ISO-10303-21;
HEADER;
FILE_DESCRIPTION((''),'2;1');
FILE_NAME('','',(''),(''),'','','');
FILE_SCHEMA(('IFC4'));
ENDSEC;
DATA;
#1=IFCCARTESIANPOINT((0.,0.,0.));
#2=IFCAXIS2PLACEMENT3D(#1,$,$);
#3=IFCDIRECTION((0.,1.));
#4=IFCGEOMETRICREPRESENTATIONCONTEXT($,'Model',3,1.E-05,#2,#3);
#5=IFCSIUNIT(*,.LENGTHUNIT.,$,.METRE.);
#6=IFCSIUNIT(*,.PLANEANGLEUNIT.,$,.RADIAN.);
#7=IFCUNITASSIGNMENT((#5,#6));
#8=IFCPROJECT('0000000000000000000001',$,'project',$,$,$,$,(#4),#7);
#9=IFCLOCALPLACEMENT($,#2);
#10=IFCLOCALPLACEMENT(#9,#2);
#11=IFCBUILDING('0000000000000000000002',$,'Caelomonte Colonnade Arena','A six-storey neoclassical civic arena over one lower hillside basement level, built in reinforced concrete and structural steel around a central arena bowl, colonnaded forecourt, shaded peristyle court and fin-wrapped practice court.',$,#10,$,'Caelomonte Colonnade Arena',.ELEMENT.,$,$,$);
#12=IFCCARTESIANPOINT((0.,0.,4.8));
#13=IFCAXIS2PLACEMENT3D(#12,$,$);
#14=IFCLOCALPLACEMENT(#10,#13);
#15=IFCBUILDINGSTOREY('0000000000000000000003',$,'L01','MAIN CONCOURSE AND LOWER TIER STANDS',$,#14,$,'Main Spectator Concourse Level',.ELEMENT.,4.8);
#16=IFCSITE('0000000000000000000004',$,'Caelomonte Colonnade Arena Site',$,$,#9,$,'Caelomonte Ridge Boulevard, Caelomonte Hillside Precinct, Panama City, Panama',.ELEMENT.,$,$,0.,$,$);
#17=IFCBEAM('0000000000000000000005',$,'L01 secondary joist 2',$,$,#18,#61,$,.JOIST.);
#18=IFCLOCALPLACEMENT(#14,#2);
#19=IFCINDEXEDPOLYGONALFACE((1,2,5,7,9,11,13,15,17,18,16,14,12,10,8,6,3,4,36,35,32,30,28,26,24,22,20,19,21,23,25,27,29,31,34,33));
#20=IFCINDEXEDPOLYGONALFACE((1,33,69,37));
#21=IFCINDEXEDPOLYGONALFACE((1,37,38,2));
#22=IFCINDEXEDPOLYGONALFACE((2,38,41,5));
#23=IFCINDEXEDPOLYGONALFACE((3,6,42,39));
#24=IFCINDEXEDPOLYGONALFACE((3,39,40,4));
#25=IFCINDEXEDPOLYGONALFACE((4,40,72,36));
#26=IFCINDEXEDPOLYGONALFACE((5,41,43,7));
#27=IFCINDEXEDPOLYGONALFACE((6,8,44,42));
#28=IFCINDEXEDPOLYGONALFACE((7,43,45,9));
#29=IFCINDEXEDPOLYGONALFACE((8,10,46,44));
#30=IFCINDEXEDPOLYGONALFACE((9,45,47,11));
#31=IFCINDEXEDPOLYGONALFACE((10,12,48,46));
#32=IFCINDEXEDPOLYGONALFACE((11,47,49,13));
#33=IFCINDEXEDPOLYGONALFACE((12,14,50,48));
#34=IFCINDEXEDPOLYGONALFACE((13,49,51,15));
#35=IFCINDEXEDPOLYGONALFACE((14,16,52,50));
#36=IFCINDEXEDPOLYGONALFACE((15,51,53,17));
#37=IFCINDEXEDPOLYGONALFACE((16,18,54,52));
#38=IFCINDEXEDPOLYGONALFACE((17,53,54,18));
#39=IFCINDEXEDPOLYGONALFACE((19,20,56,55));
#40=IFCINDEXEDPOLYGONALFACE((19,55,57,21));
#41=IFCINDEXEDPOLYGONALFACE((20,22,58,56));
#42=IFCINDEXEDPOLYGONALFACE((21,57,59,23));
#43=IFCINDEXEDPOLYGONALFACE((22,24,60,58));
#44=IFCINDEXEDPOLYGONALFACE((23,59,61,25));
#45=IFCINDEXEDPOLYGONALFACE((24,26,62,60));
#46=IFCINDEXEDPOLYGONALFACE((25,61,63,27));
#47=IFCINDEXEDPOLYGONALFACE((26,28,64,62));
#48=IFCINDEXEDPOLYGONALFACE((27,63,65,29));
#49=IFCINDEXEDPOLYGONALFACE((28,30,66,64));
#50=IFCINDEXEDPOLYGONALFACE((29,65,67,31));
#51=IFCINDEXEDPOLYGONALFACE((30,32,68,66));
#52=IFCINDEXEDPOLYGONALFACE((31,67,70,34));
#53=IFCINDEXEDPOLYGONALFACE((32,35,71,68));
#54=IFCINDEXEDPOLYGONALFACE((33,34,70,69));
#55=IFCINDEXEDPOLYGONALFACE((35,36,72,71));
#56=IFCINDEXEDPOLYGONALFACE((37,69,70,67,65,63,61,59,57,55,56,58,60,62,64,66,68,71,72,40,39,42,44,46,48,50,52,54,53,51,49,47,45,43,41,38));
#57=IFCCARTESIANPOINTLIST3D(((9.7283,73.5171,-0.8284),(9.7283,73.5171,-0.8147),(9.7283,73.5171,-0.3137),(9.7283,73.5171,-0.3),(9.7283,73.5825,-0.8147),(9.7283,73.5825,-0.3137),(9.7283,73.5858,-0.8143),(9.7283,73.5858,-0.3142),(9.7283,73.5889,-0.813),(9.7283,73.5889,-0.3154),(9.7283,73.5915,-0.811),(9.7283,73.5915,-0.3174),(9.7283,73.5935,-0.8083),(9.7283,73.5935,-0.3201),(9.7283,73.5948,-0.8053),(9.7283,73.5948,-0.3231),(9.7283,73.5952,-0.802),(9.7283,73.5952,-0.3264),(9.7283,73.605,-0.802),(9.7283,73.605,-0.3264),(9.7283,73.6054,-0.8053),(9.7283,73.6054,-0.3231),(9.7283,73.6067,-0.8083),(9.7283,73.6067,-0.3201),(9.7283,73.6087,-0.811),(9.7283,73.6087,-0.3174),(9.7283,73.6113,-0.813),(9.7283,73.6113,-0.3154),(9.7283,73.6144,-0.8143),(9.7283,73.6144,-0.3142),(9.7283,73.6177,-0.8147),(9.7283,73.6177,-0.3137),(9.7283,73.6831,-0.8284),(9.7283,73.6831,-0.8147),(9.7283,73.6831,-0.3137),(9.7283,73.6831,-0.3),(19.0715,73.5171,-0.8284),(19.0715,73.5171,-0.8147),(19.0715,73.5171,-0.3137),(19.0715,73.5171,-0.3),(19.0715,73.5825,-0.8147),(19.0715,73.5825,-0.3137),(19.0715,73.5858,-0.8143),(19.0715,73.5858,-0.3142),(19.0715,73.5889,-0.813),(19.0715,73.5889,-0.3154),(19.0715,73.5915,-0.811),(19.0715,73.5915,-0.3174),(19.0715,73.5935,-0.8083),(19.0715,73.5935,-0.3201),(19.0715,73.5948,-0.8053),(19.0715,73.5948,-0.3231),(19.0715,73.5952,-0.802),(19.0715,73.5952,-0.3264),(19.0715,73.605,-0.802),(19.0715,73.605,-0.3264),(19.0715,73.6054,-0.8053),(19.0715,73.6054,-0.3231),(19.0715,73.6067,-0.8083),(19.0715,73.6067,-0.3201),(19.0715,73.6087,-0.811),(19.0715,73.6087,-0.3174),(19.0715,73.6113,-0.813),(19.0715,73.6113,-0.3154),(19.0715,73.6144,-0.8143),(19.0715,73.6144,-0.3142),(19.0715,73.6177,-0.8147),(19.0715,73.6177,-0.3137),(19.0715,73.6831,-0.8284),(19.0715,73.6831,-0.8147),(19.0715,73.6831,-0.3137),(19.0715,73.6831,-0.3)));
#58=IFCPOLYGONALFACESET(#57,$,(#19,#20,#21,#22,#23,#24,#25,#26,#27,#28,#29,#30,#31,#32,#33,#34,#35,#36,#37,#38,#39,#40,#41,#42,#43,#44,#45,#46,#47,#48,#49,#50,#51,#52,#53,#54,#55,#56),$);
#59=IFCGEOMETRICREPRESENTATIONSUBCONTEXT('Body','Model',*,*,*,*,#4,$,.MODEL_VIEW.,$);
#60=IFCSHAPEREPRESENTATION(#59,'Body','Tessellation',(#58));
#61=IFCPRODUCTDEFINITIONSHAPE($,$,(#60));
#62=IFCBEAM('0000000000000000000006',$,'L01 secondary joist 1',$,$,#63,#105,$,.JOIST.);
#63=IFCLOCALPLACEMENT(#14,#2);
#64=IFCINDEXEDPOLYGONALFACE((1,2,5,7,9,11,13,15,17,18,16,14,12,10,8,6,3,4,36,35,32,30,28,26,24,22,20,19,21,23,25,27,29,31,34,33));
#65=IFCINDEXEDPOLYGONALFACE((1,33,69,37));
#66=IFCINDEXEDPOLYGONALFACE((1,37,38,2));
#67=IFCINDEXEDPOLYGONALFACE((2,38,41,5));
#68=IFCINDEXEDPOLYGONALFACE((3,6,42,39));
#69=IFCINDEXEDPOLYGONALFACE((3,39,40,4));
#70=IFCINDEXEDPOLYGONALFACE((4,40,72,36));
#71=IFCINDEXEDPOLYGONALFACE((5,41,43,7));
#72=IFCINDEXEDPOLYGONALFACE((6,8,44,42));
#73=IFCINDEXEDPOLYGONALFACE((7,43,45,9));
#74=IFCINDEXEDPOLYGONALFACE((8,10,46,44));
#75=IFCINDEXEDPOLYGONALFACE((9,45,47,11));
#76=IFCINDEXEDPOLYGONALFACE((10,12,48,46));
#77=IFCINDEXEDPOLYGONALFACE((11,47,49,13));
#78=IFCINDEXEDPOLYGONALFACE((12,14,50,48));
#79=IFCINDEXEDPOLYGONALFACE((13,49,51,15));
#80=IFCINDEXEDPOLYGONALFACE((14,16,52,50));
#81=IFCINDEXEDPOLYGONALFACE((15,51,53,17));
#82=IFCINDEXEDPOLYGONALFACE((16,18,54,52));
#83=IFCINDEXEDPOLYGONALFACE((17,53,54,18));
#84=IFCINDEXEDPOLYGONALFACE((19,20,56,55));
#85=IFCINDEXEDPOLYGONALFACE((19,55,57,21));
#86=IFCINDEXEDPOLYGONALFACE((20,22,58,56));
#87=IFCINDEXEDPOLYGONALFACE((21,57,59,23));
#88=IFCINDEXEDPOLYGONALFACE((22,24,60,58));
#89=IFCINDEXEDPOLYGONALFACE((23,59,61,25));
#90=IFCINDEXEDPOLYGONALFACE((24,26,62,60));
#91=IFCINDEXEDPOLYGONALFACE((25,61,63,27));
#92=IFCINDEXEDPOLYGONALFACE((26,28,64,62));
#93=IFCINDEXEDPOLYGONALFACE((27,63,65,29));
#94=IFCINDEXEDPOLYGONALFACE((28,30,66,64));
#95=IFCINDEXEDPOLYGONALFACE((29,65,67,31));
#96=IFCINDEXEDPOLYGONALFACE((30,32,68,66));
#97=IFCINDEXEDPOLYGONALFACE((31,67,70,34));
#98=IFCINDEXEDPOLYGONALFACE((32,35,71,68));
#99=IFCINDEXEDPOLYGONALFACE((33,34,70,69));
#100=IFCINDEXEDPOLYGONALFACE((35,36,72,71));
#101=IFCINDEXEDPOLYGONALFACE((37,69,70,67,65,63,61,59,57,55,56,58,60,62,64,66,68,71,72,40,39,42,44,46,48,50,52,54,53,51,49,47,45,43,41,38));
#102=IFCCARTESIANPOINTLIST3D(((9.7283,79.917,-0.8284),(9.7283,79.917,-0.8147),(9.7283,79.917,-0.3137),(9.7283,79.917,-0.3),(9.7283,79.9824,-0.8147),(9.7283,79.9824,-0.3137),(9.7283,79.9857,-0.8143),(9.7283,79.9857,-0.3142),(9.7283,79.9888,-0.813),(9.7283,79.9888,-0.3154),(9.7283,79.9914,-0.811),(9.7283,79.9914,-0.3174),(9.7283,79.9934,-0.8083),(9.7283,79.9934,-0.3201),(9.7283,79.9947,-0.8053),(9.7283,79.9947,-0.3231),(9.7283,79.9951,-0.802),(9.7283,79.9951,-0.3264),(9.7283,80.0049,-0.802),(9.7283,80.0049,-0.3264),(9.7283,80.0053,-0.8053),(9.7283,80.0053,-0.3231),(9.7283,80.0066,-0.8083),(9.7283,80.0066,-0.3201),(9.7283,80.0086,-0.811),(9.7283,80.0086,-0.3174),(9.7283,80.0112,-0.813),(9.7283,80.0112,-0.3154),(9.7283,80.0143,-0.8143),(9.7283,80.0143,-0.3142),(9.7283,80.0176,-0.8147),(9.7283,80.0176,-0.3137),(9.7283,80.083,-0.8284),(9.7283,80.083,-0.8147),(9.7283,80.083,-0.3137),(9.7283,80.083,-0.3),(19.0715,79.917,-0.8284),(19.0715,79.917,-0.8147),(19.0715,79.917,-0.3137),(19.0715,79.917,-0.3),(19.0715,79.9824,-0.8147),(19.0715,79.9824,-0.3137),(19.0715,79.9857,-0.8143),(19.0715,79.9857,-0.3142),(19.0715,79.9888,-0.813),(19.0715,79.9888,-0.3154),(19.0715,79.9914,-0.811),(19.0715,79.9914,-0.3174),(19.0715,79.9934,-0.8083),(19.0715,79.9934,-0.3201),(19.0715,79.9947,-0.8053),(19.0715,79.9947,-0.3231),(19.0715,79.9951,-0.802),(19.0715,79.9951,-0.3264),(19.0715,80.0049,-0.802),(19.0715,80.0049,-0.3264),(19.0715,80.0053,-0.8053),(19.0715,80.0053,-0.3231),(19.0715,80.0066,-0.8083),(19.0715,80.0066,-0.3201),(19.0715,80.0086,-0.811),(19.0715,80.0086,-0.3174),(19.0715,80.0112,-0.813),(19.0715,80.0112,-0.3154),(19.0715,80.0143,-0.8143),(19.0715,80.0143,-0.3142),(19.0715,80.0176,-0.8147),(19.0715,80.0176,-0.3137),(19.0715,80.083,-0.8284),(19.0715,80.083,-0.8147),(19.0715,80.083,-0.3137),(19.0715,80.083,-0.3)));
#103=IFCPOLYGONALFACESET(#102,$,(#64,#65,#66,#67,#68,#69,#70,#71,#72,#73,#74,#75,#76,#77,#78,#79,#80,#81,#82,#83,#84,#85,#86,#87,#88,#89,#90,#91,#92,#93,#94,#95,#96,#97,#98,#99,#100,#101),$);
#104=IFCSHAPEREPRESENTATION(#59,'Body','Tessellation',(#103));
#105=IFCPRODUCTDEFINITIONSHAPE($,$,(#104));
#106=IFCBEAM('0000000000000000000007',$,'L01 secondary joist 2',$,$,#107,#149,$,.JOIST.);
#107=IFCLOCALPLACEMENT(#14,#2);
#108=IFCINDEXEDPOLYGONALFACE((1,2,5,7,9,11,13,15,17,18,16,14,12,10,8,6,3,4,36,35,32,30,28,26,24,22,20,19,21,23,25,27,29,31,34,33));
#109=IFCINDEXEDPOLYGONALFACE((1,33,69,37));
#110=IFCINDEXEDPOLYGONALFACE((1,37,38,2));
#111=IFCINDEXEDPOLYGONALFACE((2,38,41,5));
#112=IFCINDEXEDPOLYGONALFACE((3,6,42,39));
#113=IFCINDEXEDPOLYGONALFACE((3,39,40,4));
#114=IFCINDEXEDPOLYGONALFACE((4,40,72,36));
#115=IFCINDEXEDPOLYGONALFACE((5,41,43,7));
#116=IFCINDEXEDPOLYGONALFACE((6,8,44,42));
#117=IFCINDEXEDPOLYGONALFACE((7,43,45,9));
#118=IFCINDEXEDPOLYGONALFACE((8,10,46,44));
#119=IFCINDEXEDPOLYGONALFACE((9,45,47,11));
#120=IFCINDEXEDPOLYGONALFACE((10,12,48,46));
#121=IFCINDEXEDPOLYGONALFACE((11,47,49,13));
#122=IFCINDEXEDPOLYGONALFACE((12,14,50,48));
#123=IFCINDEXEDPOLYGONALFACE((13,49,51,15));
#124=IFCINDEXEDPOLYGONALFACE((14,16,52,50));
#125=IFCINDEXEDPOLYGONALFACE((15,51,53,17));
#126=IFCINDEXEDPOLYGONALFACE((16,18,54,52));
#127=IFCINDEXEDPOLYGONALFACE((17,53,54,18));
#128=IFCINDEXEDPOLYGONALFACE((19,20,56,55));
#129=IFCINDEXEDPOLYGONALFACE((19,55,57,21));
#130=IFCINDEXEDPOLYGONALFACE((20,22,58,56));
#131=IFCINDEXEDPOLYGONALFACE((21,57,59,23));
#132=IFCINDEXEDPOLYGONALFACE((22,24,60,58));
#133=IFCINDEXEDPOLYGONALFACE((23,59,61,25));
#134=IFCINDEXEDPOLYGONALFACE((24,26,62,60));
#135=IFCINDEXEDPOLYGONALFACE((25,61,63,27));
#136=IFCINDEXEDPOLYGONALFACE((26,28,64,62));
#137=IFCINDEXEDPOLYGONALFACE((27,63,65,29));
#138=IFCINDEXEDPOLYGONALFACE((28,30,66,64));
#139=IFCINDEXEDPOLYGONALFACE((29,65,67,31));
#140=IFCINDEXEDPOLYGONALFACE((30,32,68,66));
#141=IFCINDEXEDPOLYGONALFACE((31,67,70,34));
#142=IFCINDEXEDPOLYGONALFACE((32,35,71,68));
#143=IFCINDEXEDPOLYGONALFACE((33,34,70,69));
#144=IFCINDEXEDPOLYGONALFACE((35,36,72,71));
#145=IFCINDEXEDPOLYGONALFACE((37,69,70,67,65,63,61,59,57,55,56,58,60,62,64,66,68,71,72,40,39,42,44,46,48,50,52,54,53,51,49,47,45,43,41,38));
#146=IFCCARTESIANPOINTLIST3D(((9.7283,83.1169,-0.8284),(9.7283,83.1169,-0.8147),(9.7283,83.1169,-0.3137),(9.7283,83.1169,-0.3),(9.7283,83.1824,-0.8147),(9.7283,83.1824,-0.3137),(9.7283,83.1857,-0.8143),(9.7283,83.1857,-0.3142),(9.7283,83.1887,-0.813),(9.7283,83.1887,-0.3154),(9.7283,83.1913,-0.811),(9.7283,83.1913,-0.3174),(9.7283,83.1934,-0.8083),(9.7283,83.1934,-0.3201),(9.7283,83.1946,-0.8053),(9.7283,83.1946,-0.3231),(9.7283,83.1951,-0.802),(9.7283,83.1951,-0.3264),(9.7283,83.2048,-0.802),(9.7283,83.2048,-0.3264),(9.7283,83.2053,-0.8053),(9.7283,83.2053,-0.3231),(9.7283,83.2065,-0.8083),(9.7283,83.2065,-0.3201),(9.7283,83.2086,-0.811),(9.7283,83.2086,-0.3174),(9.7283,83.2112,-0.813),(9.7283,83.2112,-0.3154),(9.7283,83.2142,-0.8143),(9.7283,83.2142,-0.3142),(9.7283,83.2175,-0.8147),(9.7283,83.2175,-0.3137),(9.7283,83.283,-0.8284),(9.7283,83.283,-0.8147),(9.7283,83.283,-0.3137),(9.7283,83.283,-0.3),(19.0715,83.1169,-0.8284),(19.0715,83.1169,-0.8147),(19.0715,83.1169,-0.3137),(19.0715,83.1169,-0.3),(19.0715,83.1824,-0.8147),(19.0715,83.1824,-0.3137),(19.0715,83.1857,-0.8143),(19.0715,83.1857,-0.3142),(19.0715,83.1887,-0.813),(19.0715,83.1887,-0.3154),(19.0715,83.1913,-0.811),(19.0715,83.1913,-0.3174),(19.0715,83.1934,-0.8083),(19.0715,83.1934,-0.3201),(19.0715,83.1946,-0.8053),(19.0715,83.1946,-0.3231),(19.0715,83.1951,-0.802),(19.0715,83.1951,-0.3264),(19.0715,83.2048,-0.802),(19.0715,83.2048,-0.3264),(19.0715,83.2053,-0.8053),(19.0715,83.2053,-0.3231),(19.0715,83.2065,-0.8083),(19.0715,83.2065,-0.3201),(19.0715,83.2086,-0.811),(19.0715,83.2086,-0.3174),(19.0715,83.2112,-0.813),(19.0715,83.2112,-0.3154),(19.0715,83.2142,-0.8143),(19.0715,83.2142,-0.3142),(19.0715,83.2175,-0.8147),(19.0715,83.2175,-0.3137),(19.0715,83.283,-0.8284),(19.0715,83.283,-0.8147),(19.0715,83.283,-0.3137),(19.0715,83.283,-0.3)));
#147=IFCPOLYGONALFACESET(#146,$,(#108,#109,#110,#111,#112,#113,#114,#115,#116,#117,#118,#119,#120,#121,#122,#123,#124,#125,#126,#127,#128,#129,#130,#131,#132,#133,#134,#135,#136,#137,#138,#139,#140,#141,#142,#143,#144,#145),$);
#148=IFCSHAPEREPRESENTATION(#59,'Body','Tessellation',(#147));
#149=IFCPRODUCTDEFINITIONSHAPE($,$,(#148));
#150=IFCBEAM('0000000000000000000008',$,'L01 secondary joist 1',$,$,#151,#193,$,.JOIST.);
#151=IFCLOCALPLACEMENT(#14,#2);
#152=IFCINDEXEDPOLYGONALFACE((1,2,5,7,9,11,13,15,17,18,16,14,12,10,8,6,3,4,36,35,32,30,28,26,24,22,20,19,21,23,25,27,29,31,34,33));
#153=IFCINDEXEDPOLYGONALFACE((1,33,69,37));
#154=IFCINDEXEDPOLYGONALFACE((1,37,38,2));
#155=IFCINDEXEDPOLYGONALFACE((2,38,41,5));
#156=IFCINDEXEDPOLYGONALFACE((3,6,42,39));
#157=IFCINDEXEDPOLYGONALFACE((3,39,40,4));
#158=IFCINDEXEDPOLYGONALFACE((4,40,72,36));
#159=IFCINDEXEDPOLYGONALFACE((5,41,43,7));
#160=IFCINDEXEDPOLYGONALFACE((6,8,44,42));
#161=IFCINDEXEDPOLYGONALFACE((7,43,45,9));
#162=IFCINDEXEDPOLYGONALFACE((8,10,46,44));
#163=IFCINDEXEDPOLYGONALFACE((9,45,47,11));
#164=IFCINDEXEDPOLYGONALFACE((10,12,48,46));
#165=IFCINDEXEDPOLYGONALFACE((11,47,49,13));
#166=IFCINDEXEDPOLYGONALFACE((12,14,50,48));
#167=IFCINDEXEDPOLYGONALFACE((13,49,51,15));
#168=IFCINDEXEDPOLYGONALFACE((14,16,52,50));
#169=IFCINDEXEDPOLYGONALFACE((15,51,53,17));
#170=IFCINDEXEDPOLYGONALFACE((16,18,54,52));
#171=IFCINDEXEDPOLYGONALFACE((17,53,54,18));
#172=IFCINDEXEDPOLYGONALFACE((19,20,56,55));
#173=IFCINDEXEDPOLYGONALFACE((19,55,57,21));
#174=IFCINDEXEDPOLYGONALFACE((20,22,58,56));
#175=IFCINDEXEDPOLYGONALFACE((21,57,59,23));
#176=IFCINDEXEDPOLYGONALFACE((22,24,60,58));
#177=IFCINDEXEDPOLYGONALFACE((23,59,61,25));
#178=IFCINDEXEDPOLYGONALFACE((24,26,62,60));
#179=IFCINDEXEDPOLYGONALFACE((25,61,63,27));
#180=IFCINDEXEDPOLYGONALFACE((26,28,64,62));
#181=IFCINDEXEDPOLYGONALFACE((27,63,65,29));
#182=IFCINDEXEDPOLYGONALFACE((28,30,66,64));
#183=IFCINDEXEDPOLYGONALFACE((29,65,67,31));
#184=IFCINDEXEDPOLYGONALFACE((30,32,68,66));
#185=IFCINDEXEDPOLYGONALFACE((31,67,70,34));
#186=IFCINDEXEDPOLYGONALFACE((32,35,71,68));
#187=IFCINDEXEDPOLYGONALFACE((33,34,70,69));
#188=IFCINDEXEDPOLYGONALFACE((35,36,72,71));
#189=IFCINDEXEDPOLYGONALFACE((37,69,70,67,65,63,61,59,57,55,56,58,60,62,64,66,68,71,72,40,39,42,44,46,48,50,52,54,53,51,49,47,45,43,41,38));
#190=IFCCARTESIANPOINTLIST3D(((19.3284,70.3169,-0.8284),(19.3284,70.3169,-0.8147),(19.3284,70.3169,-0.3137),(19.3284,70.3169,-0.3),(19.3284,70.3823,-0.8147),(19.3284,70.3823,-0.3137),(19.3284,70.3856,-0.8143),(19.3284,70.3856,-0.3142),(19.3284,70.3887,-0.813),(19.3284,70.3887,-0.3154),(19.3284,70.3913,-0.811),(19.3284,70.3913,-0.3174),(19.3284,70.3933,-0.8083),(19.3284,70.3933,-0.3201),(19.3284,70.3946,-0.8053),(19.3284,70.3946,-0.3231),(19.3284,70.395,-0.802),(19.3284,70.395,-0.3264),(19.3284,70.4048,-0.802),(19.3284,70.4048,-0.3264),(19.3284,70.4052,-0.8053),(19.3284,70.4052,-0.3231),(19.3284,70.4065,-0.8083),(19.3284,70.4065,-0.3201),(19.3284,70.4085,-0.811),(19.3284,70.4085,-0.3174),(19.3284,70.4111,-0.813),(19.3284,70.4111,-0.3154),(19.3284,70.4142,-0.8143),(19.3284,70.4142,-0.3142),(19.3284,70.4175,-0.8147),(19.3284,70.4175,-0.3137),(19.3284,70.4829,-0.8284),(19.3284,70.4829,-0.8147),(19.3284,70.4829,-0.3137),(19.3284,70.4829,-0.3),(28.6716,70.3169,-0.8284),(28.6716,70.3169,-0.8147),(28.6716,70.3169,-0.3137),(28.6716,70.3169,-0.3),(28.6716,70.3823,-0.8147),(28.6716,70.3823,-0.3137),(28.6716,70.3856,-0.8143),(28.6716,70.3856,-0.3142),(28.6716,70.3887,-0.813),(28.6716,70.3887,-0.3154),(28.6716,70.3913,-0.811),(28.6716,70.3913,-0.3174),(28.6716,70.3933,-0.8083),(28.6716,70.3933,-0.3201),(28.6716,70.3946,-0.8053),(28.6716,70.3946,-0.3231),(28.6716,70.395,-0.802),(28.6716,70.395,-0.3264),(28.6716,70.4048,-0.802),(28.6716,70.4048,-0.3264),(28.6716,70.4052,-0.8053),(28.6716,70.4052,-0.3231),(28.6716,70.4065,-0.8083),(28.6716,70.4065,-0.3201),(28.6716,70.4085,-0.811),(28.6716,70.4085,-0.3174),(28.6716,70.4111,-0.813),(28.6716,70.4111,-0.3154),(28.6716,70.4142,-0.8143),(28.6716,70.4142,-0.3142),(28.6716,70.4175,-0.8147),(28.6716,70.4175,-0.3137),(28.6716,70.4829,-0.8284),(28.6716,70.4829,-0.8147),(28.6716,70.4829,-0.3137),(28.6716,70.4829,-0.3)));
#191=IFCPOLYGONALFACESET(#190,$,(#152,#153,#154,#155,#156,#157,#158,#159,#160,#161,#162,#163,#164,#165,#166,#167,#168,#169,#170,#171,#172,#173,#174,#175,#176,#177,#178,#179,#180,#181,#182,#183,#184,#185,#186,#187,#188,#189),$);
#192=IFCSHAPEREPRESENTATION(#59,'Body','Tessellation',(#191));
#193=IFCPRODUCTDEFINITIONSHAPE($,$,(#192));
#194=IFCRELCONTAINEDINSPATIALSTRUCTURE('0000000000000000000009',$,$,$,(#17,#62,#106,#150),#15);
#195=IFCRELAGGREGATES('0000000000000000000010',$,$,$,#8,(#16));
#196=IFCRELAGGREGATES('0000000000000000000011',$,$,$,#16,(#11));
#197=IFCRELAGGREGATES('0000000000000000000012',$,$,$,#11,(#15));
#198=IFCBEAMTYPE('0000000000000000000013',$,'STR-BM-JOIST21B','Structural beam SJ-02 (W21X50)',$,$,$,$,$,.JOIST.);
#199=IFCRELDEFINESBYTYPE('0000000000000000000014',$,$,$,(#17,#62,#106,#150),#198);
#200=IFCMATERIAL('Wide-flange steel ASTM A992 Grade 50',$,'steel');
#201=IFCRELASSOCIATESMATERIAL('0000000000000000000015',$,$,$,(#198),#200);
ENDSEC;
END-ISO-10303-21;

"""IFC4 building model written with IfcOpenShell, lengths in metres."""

from ifc_helpers import new_model, si_unit, direction, frame, origin, origin_2d, place, context, subcontext, project, spatial, i_section, extrude, material, material_profile, profile_set, type_object, element, save


model = new_model("IFC4")

# Units and contexts
model_context = context("Model", 3, precision=1e-05, world=origin(), true_north=direction((0.0, 1.0)))
body_context = subcontext(model_context, "Body", "Model", "MODEL_VIEW")
ifc_project = project(units=[si_unit("LENGTHUNIT", "METRE"), si_unit("PLANEANGLEUNIT", "RADIAN")], contexts=[model_context])

# Site, building, storey
site_placement = place(None, origin())
site = spatial("IfcSite", under=ifc_project, at=site_placement, Name="Caelomonte Colonnade Arena Site", LongName="Caelomonte Ridge Boulevard, Caelomonte Hillside Precinct, Panama City, Panama", CompositionType="ELEMENT", RefElevation=0.0)
building_placement = place(site_placement, origin())
building = spatial("IfcBuilding", under=site, at=building_placement, Name="Caelomonte Colonnade Arena", Description="A six-storey neoclassical civic arena over one lower hillside basement level, built in reinforced concrete and structural steel around a central arena bowl, colonnaded forecourt, shaded peristyle court and fin-wrapped practice court.", LongName="Caelomonte Colonnade Arena", CompositionType="ELEMENT")
storey_placement = place(building_placement, frame((0.0, 0.0, 4.8)))
storey = spatial("IfcBuildingStorey", under=building, at=storey_placement, Name="L01", Description="MAIN CONCOURSE AND LOWER TIER STANDS", LongName="Main Spectator Concourse Level", CompositionType="ELEMENT", Elevation=4.8)

# Shared definitions
ifc_material_1 = material(Name="Wide-flange steel ASTM A992 Grade 50", Category="steel")

# Beams
ifc_material_profile_1 = material_profile(ifc_material_1, i_section(OverallWidth=0.166, OverallDepth=0.5283, WebThickness=0.0098, FlangeThickness=0.0137, FilletRadius=0.0127, at=origin_2d()), Name="W21X50")
ifc_profile_set_1 = profile_set([ifc_material_profile_1], Name="Wide-flange steel ASTM A992 Grade 50")
beam_type_1 = type_object("IfcBeamType", Name="STR-BM-JOIST21B", Description="Structural beam SJ-02 (W21X50)", PredefinedType="JOIST", material=ifc_profile_set_1)
for number, where, z_axis, x_axis, name in (
    (1, (9.7283, 73.6001, -0.5642), (1.0, 0.0, 0.0), (0.0, 1.0, 0.0), "L01 secondary joist 2"),
    (2, (9.7283, 80.0, -0.5642), (1.0, 0.0, 0.0), (0.0, 1.0, 0.0), "L01 secondary joist 1"),
    (3, (9.7283, 83.2, -0.5642), (1.0, 0.0, 0.0), (0.0, 1.0, 0.0), "L01 secondary joist 2"),
    (4, (19.3284, 70.3999, -0.5642), (1.0, 0.0, 0.0), (0.0, 1.0, 0.0), "L01 secondary joist 1"),
):
    element("IfcBeam", number, at=place(storey_placement, frame(where, z_axis=z_axis, x_axis=x_axis)), inside=storey, type_object=beam_type_1, Name=name, PredefinedType="JOIST", context=body_context, shape_type="SweptSolid", body=[
        extrude(i_section(OverallWidth=0.166, OverallDepth=0.5283, WebThickness=0.0098, FlangeThickness=0.0137, FilletRadius=0.0127, at=origin_2d()), origin(), (0.0, 0.0, 1.0), 9.3433),
    ])

save(model, "model.ifc")
